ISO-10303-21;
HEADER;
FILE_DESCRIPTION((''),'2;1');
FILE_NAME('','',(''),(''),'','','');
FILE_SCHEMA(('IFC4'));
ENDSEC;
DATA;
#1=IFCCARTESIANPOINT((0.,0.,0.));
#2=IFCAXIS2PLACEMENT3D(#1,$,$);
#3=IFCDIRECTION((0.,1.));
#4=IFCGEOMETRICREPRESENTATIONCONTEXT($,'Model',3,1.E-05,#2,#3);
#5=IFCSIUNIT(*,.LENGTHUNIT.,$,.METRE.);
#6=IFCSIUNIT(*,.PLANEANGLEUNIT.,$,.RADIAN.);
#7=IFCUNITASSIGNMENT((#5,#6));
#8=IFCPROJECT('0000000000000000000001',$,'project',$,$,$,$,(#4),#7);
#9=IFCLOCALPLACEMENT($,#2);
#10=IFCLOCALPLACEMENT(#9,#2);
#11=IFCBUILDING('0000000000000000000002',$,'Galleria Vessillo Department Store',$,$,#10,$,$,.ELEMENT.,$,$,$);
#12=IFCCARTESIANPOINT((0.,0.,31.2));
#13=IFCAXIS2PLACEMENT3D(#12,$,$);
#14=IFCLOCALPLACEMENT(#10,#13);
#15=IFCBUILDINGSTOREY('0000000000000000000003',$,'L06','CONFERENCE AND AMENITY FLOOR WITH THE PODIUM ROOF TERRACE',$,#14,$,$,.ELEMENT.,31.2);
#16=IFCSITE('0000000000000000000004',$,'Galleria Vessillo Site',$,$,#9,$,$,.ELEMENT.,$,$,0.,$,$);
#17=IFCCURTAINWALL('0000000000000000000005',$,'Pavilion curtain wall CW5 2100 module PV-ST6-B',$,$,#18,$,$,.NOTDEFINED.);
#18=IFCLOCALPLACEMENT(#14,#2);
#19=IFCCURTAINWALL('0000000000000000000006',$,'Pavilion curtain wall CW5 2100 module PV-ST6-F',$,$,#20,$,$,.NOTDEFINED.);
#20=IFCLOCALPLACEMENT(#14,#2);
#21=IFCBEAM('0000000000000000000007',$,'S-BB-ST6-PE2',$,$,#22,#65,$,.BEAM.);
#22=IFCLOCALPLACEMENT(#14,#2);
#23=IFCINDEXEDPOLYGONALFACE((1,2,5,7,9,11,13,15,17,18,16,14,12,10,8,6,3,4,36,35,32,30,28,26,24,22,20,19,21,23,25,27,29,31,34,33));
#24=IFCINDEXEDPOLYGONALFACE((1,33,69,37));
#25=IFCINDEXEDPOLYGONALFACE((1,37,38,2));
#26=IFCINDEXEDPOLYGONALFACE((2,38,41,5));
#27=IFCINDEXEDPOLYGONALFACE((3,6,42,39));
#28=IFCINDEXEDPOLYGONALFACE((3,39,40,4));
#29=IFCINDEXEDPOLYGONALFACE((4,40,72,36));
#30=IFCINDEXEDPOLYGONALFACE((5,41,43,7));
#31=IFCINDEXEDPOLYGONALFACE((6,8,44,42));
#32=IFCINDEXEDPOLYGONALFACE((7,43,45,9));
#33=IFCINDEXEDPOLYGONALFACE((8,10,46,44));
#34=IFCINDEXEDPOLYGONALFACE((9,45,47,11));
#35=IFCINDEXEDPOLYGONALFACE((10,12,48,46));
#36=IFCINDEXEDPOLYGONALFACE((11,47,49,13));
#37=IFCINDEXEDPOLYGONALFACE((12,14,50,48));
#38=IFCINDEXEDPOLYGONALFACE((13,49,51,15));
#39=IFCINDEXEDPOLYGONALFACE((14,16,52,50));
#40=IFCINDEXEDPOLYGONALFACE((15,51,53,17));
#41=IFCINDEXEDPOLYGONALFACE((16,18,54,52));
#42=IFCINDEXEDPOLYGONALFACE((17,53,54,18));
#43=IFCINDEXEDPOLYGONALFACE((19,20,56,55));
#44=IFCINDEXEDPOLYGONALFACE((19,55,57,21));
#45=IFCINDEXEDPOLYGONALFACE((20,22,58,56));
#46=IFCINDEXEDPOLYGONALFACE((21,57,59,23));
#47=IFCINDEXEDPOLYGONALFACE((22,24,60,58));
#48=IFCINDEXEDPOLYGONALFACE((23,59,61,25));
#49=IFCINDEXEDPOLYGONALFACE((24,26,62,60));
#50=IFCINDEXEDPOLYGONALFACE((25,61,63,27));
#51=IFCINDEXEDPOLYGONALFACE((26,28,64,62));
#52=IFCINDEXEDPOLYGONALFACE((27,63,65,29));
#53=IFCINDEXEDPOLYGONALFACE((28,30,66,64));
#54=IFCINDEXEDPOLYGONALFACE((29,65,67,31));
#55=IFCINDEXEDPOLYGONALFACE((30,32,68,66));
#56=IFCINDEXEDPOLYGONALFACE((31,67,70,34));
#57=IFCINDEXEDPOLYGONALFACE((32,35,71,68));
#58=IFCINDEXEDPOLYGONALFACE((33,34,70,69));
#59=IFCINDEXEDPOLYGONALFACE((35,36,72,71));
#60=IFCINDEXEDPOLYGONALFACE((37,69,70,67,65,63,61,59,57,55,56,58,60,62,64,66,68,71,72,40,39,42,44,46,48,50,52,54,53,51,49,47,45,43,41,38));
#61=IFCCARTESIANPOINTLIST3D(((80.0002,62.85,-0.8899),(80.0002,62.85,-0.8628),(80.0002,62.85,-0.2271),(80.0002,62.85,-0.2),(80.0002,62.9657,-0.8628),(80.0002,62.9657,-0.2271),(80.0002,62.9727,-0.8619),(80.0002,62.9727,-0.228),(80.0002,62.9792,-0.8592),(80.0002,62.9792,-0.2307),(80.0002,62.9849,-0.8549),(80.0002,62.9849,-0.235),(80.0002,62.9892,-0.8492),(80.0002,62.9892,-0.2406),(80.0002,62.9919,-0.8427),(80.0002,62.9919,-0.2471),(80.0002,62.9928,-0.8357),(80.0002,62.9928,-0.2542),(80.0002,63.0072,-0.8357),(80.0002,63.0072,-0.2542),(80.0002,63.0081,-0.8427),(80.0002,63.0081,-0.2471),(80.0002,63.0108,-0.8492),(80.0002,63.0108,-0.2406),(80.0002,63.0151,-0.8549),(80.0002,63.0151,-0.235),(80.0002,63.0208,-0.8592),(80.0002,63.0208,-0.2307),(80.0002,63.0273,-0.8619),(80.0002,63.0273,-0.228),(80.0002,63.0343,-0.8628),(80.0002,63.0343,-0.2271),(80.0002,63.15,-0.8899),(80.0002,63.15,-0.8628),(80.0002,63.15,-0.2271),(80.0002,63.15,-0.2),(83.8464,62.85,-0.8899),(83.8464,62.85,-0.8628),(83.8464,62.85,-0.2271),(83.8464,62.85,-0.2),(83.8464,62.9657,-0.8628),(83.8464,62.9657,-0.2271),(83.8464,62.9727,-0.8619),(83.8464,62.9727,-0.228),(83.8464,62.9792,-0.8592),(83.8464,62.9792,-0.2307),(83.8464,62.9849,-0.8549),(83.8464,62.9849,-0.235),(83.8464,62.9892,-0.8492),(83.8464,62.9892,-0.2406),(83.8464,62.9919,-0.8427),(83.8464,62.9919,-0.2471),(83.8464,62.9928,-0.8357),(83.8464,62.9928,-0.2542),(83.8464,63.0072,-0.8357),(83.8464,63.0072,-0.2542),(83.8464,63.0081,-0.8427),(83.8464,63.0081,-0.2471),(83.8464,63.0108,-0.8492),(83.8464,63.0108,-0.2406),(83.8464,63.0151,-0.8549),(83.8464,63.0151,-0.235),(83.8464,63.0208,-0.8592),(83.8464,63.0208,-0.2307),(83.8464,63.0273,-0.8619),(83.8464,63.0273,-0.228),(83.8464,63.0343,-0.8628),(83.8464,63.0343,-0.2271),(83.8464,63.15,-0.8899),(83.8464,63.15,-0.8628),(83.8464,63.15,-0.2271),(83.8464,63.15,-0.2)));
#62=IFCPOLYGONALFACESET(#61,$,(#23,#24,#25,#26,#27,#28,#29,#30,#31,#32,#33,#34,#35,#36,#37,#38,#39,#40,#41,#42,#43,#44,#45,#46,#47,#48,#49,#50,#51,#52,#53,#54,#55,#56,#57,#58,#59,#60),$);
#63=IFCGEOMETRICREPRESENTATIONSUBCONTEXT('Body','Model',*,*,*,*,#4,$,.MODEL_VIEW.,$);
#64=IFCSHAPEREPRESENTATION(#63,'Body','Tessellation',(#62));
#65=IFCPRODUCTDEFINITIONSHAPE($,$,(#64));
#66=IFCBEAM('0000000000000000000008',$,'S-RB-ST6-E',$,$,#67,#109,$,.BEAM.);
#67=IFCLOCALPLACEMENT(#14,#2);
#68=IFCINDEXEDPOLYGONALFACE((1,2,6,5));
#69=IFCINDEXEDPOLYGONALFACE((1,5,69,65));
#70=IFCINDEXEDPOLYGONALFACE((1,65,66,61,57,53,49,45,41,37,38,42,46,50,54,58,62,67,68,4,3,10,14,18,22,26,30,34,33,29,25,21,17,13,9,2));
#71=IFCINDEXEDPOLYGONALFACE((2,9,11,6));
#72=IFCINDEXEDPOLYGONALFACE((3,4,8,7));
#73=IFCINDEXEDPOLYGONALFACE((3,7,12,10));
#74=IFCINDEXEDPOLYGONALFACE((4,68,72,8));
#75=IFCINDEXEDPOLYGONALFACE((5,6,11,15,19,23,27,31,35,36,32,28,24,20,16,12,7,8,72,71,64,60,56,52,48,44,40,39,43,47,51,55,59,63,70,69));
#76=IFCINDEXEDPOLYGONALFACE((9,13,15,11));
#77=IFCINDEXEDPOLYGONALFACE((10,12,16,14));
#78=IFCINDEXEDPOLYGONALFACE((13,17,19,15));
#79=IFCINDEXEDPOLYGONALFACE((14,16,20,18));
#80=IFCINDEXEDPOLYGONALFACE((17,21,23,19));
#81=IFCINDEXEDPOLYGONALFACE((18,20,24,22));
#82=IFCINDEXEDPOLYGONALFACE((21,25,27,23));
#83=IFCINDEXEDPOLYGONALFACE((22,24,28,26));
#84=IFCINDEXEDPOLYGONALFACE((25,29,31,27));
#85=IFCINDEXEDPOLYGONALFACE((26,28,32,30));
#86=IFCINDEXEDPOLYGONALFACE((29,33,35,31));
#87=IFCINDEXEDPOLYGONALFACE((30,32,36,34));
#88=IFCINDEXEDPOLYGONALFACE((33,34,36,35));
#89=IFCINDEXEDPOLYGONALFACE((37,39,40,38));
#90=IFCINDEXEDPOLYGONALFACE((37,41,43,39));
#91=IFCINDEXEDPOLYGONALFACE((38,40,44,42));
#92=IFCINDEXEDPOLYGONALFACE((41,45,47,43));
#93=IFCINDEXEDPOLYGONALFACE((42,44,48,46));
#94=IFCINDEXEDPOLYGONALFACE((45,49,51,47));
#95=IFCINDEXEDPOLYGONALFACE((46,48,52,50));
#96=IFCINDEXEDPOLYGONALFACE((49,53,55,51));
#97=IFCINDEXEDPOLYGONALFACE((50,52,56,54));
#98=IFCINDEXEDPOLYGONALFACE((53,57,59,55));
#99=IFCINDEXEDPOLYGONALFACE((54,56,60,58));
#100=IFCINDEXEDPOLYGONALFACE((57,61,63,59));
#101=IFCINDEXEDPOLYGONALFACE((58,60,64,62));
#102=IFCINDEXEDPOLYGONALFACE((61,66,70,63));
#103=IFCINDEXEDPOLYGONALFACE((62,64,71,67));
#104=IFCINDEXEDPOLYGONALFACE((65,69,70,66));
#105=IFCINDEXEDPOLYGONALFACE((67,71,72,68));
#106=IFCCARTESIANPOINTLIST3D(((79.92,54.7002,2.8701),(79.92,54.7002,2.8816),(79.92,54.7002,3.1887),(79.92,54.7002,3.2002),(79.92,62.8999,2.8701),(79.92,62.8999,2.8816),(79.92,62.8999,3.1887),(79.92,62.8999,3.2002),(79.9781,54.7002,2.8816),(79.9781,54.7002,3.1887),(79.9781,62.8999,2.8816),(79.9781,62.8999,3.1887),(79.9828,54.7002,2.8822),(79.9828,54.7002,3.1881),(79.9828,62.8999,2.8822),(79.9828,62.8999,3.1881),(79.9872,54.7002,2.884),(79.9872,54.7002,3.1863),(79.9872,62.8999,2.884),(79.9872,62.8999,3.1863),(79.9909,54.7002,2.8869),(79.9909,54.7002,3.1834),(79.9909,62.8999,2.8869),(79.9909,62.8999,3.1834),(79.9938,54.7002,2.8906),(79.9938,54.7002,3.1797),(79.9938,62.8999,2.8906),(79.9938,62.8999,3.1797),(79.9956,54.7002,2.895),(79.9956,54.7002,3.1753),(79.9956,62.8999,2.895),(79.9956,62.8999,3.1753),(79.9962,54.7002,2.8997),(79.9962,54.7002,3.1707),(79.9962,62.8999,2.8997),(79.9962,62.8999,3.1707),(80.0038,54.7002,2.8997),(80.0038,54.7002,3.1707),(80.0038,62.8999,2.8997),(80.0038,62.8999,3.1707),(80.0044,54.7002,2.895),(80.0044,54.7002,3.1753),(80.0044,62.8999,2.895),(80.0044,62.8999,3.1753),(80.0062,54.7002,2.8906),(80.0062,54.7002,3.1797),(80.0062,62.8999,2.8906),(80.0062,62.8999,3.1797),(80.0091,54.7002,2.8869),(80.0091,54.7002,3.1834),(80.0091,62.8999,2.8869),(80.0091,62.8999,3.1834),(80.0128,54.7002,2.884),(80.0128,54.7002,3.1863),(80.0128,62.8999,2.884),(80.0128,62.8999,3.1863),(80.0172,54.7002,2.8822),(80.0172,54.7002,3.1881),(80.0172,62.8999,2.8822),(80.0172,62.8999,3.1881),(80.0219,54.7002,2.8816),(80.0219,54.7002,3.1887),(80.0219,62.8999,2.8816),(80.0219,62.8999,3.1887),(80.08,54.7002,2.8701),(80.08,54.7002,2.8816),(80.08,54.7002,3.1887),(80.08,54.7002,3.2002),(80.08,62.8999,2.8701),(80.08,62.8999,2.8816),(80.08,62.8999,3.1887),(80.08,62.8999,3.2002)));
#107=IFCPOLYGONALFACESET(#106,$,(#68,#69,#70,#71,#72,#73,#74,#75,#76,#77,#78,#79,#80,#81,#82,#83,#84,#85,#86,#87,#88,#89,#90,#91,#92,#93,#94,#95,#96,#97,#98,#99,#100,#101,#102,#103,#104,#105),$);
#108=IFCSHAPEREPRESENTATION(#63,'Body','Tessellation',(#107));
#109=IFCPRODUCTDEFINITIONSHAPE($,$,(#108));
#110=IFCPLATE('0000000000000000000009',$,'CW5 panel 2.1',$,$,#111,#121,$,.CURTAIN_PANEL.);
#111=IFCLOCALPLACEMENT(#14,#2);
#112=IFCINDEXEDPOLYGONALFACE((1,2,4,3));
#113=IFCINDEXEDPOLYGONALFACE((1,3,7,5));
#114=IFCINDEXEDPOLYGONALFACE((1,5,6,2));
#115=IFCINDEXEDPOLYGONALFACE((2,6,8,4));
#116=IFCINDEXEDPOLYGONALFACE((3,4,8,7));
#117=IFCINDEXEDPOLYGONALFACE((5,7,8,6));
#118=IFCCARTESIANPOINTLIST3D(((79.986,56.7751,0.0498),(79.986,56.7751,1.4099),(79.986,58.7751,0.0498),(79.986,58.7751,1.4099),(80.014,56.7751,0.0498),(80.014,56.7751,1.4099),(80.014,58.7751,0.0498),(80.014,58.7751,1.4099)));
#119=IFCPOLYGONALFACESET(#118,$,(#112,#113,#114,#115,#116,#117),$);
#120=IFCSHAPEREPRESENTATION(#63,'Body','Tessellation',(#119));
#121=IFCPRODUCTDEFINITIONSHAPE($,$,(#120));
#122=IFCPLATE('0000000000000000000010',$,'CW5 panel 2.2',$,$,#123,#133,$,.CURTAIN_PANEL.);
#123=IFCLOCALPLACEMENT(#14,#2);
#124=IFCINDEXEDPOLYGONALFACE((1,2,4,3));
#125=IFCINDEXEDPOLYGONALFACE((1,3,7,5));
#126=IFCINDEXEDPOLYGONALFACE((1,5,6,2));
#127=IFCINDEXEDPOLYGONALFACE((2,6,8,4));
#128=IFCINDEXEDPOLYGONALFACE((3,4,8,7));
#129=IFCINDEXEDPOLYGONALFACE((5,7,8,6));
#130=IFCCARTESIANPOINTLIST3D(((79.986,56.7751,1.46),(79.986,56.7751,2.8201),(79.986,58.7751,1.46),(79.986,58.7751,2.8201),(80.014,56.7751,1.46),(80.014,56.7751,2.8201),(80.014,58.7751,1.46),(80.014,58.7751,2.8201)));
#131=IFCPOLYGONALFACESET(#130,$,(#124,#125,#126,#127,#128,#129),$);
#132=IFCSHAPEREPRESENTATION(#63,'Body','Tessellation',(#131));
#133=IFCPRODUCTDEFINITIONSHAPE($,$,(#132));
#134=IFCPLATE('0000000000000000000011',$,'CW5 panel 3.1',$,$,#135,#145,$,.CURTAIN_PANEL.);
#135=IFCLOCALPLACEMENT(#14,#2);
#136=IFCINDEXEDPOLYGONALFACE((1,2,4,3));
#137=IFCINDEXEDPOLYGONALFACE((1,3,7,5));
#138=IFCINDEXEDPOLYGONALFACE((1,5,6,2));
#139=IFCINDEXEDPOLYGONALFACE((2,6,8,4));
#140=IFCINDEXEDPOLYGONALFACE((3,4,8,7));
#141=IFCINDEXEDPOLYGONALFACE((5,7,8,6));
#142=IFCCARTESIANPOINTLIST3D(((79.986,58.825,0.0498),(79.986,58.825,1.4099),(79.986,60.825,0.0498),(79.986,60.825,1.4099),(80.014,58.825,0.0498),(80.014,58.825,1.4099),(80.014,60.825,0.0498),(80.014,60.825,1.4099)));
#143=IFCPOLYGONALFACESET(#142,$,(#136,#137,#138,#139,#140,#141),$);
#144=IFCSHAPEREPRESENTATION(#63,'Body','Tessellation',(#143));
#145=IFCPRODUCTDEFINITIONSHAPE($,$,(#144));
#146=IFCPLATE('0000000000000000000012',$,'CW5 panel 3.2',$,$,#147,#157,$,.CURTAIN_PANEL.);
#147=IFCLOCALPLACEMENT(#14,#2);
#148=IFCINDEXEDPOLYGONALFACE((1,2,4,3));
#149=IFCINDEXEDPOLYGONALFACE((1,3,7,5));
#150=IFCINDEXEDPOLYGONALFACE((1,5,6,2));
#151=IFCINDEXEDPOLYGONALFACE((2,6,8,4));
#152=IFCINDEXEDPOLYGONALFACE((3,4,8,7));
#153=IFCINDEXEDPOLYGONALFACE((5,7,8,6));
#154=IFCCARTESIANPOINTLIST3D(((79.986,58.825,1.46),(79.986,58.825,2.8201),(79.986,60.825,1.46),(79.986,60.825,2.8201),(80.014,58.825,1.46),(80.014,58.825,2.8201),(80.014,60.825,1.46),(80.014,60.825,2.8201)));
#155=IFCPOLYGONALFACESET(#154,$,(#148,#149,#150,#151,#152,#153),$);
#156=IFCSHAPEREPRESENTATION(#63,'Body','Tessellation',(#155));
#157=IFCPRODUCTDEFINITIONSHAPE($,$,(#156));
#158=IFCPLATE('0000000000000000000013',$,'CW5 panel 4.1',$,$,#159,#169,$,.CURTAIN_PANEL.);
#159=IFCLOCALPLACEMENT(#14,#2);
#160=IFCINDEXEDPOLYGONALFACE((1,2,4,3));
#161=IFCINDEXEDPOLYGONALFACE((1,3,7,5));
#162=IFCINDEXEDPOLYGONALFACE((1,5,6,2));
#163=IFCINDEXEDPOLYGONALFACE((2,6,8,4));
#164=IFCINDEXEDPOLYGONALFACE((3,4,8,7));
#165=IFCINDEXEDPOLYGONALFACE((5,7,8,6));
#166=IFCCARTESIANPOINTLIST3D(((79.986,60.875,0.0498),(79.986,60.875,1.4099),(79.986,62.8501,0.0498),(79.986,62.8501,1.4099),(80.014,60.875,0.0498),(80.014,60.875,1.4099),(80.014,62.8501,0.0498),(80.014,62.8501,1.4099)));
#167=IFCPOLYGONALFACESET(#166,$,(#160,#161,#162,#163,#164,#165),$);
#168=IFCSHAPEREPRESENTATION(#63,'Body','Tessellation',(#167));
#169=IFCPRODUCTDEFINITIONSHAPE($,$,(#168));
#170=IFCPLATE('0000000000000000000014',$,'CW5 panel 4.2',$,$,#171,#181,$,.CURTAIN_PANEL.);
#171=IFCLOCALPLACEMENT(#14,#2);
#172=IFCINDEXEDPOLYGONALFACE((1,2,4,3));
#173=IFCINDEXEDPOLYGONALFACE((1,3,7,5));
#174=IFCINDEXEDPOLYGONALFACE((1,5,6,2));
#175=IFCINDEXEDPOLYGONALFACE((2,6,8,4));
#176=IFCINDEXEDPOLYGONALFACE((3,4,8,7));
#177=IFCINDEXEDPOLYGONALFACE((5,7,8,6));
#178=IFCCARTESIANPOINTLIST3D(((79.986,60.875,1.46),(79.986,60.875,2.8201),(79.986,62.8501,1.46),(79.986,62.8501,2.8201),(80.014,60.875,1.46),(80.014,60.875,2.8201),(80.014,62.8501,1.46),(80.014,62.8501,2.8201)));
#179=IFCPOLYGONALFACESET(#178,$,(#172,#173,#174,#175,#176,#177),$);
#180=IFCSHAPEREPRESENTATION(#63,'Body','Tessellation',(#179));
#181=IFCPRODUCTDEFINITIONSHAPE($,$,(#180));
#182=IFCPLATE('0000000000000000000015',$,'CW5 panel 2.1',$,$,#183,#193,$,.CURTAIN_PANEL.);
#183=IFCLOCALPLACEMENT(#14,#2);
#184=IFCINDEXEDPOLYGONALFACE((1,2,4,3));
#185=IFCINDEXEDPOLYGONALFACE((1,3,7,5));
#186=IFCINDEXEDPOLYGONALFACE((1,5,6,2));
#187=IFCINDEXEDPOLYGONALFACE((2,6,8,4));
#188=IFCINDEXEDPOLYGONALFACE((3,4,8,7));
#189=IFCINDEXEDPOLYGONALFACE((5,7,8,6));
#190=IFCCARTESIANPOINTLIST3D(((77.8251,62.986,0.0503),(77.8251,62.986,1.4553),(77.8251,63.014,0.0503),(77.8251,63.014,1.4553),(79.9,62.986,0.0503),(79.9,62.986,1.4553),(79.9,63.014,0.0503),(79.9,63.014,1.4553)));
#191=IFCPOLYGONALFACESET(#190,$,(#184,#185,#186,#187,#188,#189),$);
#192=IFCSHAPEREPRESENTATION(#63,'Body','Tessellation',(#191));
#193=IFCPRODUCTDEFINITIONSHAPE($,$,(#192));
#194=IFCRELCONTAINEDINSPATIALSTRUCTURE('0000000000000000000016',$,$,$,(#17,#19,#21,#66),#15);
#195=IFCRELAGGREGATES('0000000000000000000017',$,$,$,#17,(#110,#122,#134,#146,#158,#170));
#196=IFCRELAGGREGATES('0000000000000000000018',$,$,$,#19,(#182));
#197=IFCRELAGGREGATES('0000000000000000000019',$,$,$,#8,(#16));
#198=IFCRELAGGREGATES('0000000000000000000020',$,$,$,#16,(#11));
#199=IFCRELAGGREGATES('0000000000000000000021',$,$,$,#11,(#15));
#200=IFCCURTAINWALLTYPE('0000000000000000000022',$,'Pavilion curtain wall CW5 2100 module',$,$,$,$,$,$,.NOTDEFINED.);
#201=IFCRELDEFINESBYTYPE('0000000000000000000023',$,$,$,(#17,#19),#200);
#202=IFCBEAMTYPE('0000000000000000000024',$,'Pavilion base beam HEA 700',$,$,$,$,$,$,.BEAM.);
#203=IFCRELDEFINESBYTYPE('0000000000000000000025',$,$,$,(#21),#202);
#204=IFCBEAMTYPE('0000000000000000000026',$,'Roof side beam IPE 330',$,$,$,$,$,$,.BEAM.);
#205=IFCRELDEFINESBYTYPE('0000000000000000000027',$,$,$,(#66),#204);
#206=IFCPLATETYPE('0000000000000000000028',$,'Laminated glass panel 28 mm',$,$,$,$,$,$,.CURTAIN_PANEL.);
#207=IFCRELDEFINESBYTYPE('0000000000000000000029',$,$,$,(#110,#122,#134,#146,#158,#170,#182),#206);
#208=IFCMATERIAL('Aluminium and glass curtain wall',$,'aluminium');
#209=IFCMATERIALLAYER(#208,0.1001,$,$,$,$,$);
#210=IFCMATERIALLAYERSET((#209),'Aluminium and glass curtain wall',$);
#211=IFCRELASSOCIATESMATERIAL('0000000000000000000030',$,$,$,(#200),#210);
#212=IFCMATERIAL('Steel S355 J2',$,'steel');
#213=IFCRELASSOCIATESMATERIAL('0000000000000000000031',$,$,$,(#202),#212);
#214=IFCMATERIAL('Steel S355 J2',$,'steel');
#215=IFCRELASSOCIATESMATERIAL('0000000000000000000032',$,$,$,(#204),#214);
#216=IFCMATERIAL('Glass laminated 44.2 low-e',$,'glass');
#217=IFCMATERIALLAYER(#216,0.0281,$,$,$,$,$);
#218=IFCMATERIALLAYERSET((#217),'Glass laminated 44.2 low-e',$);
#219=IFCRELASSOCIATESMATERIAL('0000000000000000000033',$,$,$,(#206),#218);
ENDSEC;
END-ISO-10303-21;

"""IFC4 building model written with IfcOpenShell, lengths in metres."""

from ifc_helpers import new_model, si_unit, direction, frame, origin, origin_2d, place, context, subcontext, project, spatial, rectangle, i_section, extrude, material, layer, layer_set, material_profile, profile_set, type_object, element, aggregate, save


model = new_model("IFC4")

# Units and contexts
model_context = context("Model", 3, precision=1e-05, world=origin(), true_north=direction((0.0, 1.0)))
body_context = subcontext(model_context, "Body", "Model", "MODEL_VIEW")
ifc_project = project(units=[si_unit("LENGTHUNIT", "METRE"), si_unit("PLANEANGLEUNIT", "RADIAN")], contexts=[model_context])

# Site, building, storey
site_placement = place(None, origin())
site = spatial("IfcSite", under=ifc_project, at=site_placement, Name="Galleria Vessillo Site", CompositionType="ELEMENT", RefElevation=0.0)
building_placement = place(site_placement, origin())
building = spatial("IfcBuilding", under=site, at=building_placement, Name="Galleria Vessillo Department Store", CompositionType="ELEMENT")
storey_placement = place(building_placement, frame((0.0, 0.0, 31.2)))
storey = spatial("IfcBuildingStorey", under=building, at=storey_placement, Name="L06", Description="CONFERENCE AND AMENITY FLOOR WITH THE PODIUM ROOF TERRACE", CompositionType="ELEMENT", Elevation=31.2)

# Curtain wall
ifc_material_1 = material(Name="Aluminium and glass curtain wall", Category="aluminium")
ifc_layer_1 = layer(ifc_material_1, 0.1001)
ifc_layer_set_1 = layer_set([ifc_layer_1], Name="Aluminium and glass curtain wall")
curtain_wall_type = type_object("IfcCurtainWallType", Name="Pavilion curtain wall CW5 2100 module", PredefinedType="NOTDEFINED", material=ifc_layer_set_1)
curtain_wall_1_placement = place(storey_placement, origin())
curtain_wall_1 = element("IfcCurtainWall", 1, at=curtain_wall_1_placement, inside=storey, type_object=curtain_wall_type, Name="Pavilion curtain wall CW5 2100 module PV-ST6-B", PredefinedType="NOTDEFINED")

# Curtain wall
curtain_wall_2_placement = place(storey_placement, origin())
curtain_wall_2 = element("IfcCurtainWall", 2, at=curtain_wall_2_placement, inside=storey, type_object=curtain_wall_type, Name="Pavilion curtain wall CW5 2100 module PV-ST6-F", PredefinedType="NOTDEFINED")

# Beams
ifc_material_2 = material(Name="Steel S355 J2", Category="steel")
ifc_material_profile_1 = material_profile(ifc_material_2, i_section(OverallWidth=0.3, OverallDepth=0.6899, WebThickness=0.0144, FlangeThickness=0.0271, FilletRadius=0.0271, at=origin_2d()), Name="HEA 700")
ifc_profile_set_1 = profile_set([ifc_material_profile_1], Name="Steel S355 J2")
beam_type_1 = type_object("IfcBeamType", Name="Pavilion base beam HEA 700", PredefinedType="BEAM", material=ifc_profile_set_1)
beam_1_placement = place(storey_placement, frame((80.0002, 63.0, -0.5449), z_axis=(1.0, 0.0, 0.0), x_axis=(0.0, 1.0, 0.0)))
element("IfcBeam", 3, at=beam_1_placement, inside=storey, type_object=beam_type_1, Name="S-BB-ST6-PE2", PredefinedType="BEAM", context=body_context, shape_type="SweptSolid", body=[
    extrude(i_section(OverallWidth=0.3, OverallDepth=0.6899, WebThickness=0.0144, FlangeThickness=0.0271, FilletRadius=0.0271, at=origin_2d()), origin(), (0.0, 0.0, 1.0), 3.8462),
])
ifc_material_3 = material(Name="Steel S355 J2", Category="steel")
ifc_material_profile_2 = material_profile(ifc_material_3, i_section(OverallWidth=0.1599, OverallDepth=0.3301, WebThickness=0.0076, FlangeThickness=0.0115, FilletRadius=0.0181, at=origin_2d()), Name="IPE 330")
ifc_profile_set_2 = profile_set([ifc_material_profile_2], Name="Steel S355 J2")
beam_type_2 = type_object("IfcBeamType", Name="Roof side beam IPE 330", PredefinedType="BEAM", material=ifc_profile_set_2)
beam_2_placement = place(storey_placement, frame((80.0, 62.8999, 3.0352), z_axis=(0.0, -1.0, 0.0), x_axis=(1.0, 0.0, 0.0)))
element("IfcBeam", 4, at=beam_2_placement, inside=storey, type_object=beam_type_2, Name="S-RB-ST6-E", PredefinedType="BEAM", context=body_context, shape_type="SweptSolid", body=[
    extrude(i_section(OverallWidth=0.1599, OverallDepth=0.3301, WebThickness=0.0076, FlangeThickness=0.0115, FilletRadius=0.0181, at=origin_2d()), origin(), (0.0, 0.0, 1.0), 8.1997),
])

# Plates
ifc_material_4 = material(Name="Glass laminated 44.2 low-e", Category="glass")
ifc_layer_2 = layer(ifc_material_4, 0.0281)
ifc_layer_set_2 = layer_set([ifc_layer_2], Name="Glass laminated 44.2 low-e")
plate_type = type_object("IfcPlateType", Name="Laminated glass panel 28 mm", PredefinedType="CURTAIN_PANEL", material=ifc_layer_set_2)
plate_1_placement = place(storey_placement, frame((80.0, 57.7751, 0.0498), z_axis=(0.0, 0.0, 1.0), x_axis=(0.0, 1.0, 0.0)))
plate_1 = element("IfcPlate", 5, at=plate_1_placement, type_object=plate_type, Name="CW5 panel 2.1", PredefinedType="CURTAIN_PANEL", context=body_context, shape_type="SweptSolid", body=[
    extrude(rectangle(XDim=2.0, YDim=0.0281, at=origin_2d()), origin(), (0.0, 0.0, 1.0), 1.3601),
])
plate_2_placement = place(storey_placement, frame((80.0, 57.7751, 1.46), z_axis=(0.0, 0.0, 1.0), x_axis=(0.0, 1.0, 0.0)))
plate_2 = element("IfcPlate", 6, at=plate_2_placement, type_object=plate_type, Name="CW5 panel 2.2", PredefinedType="CURTAIN_PANEL", context=body_context, shape_type="SweptSolid", body=[
    extrude(rectangle(XDim=2.0, YDim=0.0281, at=origin_2d()), origin(), (0.0, 0.0, 1.0), 1.3601),
])
plate_3_placement = place(storey_placement, frame((80.0, 59.825, 0.0498), z_axis=(0.0, 0.0, 1.0), x_axis=(0.0, 1.0, 0.0)))
plate_3 = element("IfcPlate", 7, at=plate_3_placement, type_object=plate_type, Name="CW5 panel 3.1", PredefinedType="CURTAIN_PANEL", context=body_context, shape_type="SweptSolid", body=[
    extrude(rectangle(XDim=2.0, YDim=0.0281, at=origin_2d()), origin(), (0.0, 0.0, 1.0), 1.3601),
])
plate_4_placement = place(storey_placement, frame((80.0, 59.825, 1.46), z_axis=(0.0, 0.0, 1.0), x_axis=(0.0, 1.0, 0.0)))
plate_4 = element("IfcPlate", 8, at=plate_4_placement, type_object=plate_type, Name="CW5 panel 3.2", PredefinedType="CURTAIN_PANEL", context=body_context, shape_type="SweptSolid", body=[
    extrude(rectangle(XDim=2.0, YDim=0.0281, at=origin_2d()), origin(), (0.0, 0.0, 1.0), 1.3601),
])
plate_5_placement = place(storey_placement, frame((80.0, 61.8625, 0.0498), z_axis=(0.0, 0.0, 1.0), x_axis=(0.0, 1.0, 0.0)))
plate_5 = element("IfcPlate", 9, at=plate_5_placement, type_object=plate_type, Name="CW5 panel 4.1", PredefinedType="CURTAIN_PANEL", context=body_context, shape_type="SweptSolid", body=[
    extrude(rectangle(XDim=1.9751, YDim=0.0281, at=origin_2d()), origin(), (0.0, 0.0, 1.0), 1.3601),
])
plate_6_placement = place(storey_placement, frame((80.0, 61.8625, 1.46), z_axis=(0.0, 0.0, 1.0), x_axis=(0.0, 1.0, 0.0)))
plate_6 = element("IfcPlate", 10, at=plate_6_placement, type_object=plate_type, Name="CW5 panel 4.2", PredefinedType="CURTAIN_PANEL", context=body_context, shape_type="SweptSolid", body=[
    extrude(rectangle(XDim=1.9751, YDim=0.0281, at=origin_2d()), origin(), (0.0, 0.0, 1.0), 1.3601),
])
aggregate(curtain_wall_1, [plate_1, plate_2, plate_3, plate_4, plate_5, plate_6])
plate_7_placement = place(storey_placement, frame((78.8625, 63.0, 0.0503), z_axis=(0.0, 0.0, 1.0), x_axis=(1.0, 0.0, 0.0)))
plate_7 = element("IfcPlate", 11, at=plate_7_placement, type_object=plate_type, Name="CW5 panel 2.1", PredefinedType="CURTAIN_PANEL", context=body_context, shape_type="SweptSolid", body=[
    extrude(rectangle(XDim=2.075, YDim=0.0281, at=origin_2d()), origin(), (0.0, 0.0, 1.0), 1.405),
])
aggregate(curtain_wall_2, [plate_7])

save(model, "model.ifc")
